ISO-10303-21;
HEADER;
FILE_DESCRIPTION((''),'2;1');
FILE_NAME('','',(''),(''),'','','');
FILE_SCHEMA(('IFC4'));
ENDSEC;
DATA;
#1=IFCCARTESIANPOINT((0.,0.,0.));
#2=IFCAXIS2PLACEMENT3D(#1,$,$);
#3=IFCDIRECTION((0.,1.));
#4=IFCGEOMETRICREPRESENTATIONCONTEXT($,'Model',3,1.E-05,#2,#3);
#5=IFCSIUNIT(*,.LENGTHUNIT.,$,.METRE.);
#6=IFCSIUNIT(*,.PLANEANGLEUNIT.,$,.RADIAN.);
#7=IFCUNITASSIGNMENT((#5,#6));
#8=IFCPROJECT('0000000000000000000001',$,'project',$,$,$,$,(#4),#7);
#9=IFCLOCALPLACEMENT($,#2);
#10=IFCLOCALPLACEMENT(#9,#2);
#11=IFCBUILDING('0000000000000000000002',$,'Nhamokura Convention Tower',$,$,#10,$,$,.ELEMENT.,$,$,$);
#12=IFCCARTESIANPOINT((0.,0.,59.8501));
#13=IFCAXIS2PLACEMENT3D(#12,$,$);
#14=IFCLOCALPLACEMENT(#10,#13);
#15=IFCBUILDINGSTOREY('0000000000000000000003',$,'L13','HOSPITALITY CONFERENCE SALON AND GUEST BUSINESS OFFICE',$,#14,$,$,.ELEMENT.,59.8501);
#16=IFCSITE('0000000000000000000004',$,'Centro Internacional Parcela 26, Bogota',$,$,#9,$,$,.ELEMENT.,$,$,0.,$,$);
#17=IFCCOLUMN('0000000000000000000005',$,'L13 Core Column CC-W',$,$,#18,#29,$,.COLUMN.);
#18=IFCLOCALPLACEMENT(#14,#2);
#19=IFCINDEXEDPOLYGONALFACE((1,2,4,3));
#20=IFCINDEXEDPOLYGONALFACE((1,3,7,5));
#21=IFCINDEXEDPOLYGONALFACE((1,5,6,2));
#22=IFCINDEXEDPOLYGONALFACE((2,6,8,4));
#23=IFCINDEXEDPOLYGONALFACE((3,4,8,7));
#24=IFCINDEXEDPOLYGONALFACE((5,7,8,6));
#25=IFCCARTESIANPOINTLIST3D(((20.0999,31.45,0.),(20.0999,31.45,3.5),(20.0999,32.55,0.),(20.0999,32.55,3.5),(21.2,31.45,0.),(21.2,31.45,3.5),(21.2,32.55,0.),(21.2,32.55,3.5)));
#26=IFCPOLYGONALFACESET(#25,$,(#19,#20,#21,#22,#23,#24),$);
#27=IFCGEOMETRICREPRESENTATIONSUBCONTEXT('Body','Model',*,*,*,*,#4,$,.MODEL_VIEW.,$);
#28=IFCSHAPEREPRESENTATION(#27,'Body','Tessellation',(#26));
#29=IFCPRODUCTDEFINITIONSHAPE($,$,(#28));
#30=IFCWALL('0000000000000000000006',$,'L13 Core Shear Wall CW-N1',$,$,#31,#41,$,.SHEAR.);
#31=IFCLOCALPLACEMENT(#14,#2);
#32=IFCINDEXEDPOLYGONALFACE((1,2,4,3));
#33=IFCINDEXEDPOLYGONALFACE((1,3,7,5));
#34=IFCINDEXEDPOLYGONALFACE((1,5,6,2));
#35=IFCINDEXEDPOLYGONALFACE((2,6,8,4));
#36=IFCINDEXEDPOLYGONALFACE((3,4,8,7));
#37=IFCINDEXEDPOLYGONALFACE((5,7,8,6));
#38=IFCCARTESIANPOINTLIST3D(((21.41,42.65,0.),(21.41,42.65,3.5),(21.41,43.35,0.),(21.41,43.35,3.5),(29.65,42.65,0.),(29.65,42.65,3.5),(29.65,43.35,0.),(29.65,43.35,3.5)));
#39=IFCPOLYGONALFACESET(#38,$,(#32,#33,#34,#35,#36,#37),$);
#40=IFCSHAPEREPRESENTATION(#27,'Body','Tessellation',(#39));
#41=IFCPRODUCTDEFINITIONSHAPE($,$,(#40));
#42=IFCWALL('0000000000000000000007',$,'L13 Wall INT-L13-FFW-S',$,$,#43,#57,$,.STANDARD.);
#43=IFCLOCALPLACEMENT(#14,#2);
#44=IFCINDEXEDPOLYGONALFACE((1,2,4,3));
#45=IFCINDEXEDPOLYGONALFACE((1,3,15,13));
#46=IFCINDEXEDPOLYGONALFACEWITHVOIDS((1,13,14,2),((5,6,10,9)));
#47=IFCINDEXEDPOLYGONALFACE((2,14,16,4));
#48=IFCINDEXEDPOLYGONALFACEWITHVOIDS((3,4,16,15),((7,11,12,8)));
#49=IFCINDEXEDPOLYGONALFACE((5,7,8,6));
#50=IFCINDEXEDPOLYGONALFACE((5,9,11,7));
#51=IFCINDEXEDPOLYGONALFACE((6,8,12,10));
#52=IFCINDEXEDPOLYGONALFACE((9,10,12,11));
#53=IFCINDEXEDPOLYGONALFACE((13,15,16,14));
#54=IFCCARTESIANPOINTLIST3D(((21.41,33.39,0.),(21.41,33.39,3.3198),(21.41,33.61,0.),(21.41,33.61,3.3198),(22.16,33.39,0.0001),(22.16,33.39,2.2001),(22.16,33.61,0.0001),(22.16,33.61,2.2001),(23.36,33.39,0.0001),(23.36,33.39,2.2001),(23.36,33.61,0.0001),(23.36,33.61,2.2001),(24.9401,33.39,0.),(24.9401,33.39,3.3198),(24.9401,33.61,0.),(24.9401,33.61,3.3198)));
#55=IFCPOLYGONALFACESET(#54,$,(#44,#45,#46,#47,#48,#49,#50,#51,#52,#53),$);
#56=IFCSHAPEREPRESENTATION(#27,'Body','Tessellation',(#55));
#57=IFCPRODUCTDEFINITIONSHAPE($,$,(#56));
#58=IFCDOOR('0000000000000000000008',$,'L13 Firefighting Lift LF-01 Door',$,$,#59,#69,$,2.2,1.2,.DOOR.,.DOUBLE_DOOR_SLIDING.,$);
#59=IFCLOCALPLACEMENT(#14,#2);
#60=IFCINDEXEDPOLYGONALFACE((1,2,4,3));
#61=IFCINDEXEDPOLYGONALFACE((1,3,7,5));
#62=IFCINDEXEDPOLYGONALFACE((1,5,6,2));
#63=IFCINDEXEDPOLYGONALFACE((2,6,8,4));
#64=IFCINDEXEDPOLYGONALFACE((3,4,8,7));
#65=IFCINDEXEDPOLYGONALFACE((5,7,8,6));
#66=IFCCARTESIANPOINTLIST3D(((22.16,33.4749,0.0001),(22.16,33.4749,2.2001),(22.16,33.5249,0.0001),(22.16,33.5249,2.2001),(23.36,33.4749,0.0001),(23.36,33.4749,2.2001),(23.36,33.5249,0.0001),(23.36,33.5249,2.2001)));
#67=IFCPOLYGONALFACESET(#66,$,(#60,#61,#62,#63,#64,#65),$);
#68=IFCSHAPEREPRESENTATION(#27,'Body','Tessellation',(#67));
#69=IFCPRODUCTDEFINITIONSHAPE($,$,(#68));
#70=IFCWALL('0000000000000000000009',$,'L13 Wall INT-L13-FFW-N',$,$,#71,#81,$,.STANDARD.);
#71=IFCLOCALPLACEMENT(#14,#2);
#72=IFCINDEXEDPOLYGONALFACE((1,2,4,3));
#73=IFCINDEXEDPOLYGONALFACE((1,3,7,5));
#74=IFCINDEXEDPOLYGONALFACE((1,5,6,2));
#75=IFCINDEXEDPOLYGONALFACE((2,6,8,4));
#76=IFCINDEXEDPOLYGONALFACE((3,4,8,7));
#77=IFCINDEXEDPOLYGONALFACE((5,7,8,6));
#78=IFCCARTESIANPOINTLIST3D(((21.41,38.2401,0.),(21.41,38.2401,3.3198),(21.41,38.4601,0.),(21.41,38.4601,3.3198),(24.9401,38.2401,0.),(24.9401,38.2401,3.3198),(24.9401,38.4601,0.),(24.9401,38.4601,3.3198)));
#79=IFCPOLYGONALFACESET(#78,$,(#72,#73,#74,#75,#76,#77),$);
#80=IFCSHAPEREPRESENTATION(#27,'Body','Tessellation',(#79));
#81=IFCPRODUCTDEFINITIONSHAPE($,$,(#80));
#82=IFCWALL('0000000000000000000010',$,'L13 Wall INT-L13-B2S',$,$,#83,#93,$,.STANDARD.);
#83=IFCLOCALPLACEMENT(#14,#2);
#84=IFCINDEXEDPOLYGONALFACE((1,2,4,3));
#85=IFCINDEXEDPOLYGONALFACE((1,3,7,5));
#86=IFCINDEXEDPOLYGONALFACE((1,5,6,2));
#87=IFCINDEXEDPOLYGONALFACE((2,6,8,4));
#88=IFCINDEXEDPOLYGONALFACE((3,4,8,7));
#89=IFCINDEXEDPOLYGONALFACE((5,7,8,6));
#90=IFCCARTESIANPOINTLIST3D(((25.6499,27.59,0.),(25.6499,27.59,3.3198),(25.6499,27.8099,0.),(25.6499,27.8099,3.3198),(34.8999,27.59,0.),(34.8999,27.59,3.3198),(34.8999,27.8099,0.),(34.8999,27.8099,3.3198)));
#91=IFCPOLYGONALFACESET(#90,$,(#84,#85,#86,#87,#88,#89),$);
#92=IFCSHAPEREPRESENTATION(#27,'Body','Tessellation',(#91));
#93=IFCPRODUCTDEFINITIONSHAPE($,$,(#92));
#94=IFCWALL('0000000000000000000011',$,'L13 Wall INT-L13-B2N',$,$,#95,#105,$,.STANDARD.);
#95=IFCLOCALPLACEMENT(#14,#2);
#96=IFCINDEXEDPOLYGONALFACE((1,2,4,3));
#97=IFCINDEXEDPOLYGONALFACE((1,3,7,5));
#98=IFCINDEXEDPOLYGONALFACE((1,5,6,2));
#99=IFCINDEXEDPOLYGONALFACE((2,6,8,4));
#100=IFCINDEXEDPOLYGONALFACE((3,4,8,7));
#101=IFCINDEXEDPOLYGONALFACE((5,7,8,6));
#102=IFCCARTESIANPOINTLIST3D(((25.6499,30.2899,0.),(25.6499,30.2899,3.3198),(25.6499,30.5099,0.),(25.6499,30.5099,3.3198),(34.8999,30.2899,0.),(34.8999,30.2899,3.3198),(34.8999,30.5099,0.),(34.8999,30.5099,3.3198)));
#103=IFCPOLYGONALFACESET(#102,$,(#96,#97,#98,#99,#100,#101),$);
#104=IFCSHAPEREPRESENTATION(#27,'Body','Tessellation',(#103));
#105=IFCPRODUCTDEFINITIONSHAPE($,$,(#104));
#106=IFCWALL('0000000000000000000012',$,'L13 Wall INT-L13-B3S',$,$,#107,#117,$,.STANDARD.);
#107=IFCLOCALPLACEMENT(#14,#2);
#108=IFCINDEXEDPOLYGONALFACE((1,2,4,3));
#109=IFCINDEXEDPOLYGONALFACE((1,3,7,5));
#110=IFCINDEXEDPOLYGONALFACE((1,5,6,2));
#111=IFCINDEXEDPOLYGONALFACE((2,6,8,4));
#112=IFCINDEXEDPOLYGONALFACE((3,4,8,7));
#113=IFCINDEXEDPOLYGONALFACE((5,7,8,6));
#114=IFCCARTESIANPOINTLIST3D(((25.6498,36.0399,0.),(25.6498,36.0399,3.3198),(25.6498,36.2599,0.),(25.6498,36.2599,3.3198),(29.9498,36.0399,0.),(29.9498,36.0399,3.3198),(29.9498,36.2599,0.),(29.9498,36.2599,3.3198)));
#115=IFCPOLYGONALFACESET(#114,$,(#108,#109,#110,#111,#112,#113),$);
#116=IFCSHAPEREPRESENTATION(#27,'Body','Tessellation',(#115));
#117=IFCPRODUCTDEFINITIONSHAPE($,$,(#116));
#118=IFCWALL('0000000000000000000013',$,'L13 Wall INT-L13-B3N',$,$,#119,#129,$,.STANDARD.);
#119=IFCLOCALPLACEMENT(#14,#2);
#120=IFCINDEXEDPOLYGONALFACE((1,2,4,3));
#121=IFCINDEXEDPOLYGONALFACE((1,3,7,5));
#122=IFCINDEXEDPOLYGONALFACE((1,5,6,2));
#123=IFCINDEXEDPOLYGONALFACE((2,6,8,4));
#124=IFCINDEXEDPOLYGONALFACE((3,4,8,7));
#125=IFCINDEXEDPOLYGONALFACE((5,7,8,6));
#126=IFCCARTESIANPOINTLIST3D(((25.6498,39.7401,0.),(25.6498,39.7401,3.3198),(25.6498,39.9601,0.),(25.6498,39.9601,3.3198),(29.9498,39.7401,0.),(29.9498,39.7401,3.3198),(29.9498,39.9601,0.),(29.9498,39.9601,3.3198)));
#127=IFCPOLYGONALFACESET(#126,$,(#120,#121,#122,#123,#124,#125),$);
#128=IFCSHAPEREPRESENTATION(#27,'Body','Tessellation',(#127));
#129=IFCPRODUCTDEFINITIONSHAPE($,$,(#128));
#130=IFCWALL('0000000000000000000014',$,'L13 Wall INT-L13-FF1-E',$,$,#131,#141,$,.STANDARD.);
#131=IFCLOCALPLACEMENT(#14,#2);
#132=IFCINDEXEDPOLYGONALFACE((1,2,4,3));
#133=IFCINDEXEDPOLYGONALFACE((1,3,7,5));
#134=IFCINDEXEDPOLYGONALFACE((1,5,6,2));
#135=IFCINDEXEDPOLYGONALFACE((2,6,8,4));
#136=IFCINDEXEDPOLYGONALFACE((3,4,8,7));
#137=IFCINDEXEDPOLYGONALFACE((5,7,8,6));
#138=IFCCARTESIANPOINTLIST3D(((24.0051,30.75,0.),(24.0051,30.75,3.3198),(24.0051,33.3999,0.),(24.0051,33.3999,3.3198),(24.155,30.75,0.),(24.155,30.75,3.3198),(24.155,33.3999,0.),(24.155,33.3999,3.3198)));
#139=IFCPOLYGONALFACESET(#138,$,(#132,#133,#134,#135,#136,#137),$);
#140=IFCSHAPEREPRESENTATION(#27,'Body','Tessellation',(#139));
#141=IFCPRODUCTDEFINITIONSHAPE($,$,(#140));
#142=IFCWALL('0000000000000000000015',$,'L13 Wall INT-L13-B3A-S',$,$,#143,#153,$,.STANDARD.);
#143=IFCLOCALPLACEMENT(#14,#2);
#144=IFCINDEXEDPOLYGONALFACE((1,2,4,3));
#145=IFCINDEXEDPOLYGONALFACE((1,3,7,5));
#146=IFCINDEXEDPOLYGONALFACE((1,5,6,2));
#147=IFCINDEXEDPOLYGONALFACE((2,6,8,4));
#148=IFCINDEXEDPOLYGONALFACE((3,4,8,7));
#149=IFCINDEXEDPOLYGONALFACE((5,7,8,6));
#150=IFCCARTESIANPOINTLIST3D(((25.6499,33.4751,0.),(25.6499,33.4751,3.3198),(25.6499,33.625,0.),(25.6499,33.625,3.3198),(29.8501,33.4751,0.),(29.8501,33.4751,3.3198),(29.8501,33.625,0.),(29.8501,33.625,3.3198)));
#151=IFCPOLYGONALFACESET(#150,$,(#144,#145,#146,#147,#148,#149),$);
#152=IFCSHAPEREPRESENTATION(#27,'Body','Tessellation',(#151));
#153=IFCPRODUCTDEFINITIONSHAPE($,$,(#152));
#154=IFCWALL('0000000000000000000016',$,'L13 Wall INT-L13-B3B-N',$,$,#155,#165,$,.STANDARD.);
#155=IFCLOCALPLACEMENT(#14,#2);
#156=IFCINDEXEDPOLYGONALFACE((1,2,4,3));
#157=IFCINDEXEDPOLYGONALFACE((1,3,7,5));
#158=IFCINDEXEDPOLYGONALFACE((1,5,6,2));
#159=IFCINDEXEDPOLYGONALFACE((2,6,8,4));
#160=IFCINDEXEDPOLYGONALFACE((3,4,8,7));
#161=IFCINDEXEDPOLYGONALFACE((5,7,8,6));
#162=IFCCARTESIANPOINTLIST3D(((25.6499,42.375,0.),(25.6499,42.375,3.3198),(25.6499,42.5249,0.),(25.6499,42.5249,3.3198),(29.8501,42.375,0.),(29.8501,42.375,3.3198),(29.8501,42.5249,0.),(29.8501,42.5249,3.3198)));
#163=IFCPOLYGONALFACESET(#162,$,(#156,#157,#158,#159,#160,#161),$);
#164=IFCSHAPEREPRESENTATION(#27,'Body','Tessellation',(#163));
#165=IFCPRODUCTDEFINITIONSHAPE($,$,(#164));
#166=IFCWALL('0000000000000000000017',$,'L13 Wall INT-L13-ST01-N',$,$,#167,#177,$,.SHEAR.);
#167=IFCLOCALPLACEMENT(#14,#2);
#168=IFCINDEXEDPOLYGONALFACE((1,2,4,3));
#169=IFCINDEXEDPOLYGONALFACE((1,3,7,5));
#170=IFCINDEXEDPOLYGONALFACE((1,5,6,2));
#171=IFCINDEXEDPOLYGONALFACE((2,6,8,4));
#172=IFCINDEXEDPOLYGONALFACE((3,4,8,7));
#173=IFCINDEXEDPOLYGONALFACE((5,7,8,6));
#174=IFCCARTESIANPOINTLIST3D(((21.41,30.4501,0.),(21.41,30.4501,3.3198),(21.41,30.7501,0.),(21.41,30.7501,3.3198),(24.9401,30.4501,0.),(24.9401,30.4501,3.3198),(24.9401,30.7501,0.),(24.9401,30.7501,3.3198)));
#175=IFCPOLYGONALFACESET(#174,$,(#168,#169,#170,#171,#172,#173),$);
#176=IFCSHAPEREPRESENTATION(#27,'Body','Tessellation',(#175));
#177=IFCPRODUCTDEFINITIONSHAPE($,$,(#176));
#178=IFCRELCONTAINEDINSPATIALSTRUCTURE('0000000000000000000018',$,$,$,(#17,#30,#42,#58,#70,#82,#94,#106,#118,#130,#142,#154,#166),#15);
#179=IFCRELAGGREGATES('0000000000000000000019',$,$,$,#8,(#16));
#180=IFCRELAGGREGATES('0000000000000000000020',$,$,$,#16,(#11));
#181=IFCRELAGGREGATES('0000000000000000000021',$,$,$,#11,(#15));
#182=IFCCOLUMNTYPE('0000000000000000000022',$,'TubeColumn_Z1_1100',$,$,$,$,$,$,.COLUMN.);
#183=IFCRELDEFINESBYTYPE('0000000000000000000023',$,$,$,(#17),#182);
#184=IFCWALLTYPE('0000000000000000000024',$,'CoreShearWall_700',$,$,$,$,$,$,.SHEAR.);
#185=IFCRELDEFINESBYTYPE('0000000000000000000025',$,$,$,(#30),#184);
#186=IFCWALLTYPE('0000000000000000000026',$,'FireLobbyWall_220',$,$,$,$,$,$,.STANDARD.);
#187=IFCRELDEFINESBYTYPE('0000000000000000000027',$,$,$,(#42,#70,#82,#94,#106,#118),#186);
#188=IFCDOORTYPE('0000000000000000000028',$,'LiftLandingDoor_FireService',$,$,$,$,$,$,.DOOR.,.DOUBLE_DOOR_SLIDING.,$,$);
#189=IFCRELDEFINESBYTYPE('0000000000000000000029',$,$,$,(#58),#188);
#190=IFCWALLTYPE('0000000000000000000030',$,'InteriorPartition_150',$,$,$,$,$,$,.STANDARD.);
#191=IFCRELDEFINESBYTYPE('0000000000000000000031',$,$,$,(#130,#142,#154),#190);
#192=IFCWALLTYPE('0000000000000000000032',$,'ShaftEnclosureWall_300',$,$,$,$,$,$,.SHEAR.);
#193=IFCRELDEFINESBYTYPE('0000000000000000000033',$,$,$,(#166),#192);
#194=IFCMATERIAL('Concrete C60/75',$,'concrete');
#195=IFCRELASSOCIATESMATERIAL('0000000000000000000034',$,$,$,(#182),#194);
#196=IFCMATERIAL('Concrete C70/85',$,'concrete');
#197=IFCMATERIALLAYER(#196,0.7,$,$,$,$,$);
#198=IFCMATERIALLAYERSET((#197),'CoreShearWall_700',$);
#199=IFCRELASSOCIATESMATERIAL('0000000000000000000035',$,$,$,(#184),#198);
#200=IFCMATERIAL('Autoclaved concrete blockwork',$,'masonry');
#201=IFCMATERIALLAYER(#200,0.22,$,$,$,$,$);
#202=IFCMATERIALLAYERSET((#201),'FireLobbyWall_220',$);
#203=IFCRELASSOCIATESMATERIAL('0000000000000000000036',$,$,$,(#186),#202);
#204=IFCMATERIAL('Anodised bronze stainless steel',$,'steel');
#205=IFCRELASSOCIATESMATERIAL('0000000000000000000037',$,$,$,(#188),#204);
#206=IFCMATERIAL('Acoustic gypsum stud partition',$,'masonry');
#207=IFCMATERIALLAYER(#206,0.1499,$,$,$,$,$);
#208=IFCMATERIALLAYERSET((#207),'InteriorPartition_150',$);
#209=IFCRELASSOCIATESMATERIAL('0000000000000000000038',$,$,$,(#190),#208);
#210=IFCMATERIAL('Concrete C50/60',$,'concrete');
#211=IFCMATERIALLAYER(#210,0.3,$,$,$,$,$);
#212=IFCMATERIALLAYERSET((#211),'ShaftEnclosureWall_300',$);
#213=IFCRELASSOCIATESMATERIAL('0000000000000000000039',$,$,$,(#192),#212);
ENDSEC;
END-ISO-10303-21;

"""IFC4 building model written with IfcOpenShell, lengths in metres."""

from ifc_helpers import new_model, si_unit, direction, frame, frame_2d, origin, origin_2d, place, context, subcontext, project, spatial, rectangle, extrude, material, layer, layer_set, material_profile, profile_set, type_object, element, fill, save


model = new_model("IFC4")

# Units and contexts
model_context = context("Model", 3, precision=1e-05, world=origin(), true_north=direction((0.0, 1.0)))
body_context = subcontext(model_context, "Body", "Model", "MODEL_VIEW")
ifc_project = project(units=[si_unit("LENGTHUNIT", "METRE"), si_unit("PLANEANGLEUNIT", "RADIAN")], contexts=[model_context])

# Site, building, storey
site_placement = place(None, origin())
site = spatial("IfcSite", under=ifc_project, at=site_placement, Name="Centro Internacional Parcela 26, Bogota", CompositionType="ELEMENT", RefElevation=0.0)
building_placement = place(site_placement, origin())
building = spatial("IfcBuilding", under=site, at=building_placement, Name="Nhamokura Convention Tower", CompositionType="ELEMENT")
storey_placement = place(building_placement, frame((0.0, 0.0, 59.8501)))
storey = spatial("IfcBuildingStorey", under=building, at=storey_placement, Name="L13", Description="HOSPITALITY CONFERENCE SALON AND GUEST BUSINESS OFFICE", CompositionType="ELEMENT", Elevation=59.8501)

# Column
ifc_material_1 = material(Name="Concrete C60/75", Category="concrete")
ifc_material_profile = material_profile(ifc_material_1, rectangle(XDim=1.1001, YDim=1.1001, at=origin_2d()))
ifc_profile_set = profile_set([ifc_material_profile], Name="Concrete C60/75")
column_type = type_object("IfcColumnType", Name="TubeColumn_Z1_1100", PredefinedType="COLUMN", material=ifc_profile_set)
column_placement = place(storey_placement, frame((20.6499, 32.0, 0.0), z_axis=(0.0, 0.0, 1.0), x_axis=(1.0, 0.0, 0.0)))
element("IfcColumn", 1, at=column_placement, inside=storey, type_object=column_type, Name="L13 Core Column CC-W", PredefinedType="COLUMN", context=body_context, shape_type="SweptSolid", body=[
    extrude(rectangle(XDim=1.1001, YDim=1.1001, at=origin_2d()), origin(), (0.0, 0.0, 1.0), 3.5),
])

# Shared definitions
ifc_material_2 = material(Name="Concrete C70/85", Category="concrete")
ifc_layer_1 = layer(ifc_material_2, 0.7)
ifc_layer_set_1 = layer_set([ifc_layer_1], Name="CoreShearWall_700")
wall_type_1 = type_object("IfcWallType", Name="CoreShearWall_700", PredefinedType="SHEAR", material=ifc_layer_set_1)

# Wall
wall_1_placement = place(storey_placement, frame((21.4099, 43.0, 0.0), z_axis=(0.0, 0.0, 1.0), x_axis=(1.0, 0.0, 0.0)))
element("IfcWall", 2, at=wall_1_placement, inside=storey, type_object=wall_type_1, Name="L13 Core Shear Wall CW-N1", PredefinedType="SHEAR", context=body_context, shape_type="SweptSolid", body=[
    extrude(rectangle(XDim=8.24, YDim=0.7, at=frame_2d((4.1201, 0.0))), origin(), (0.0, 0.0, 1.0), 3.5),
])

# Wall, opening, door
ifc_material_3 = material(Name="Autoclaved concrete blockwork", Category="masonry")
ifc_layer_2 = layer(ifc_material_3, 0.22)
ifc_layer_set_2 = layer_set([ifc_layer_2], Name="FireLobbyWall_220")
wall_type_2 = type_object("IfcWallType", Name="FireLobbyWall_220", PredefinedType="STANDARD", material=ifc_layer_set_2)
wall_2_placement = place(storey_placement, frame((21.4099, 33.5, 0.0), z_axis=(0.0, 0.0, 1.0), x_axis=(1.0, 0.0, 0.0)))
wall_2 = element("IfcWall", 3, at=wall_2_placement, inside=storey, type_object=wall_type_2, Name="L13 Wall INT-L13-FFW-S", PredefinedType="STANDARD", context=body_context, shape_type="SweptSolid", body=[
    extrude(rectangle(XDim=3.53, YDim=0.22, at=frame_2d((1.7651, 0.0))), origin(), (0.0, 0.0, 1.0), 3.3198),
])
opening_1_placement = place(wall_2_placement, frame((0.75, 0.0, 0.0)))
opening_1 = element("IfcOpeningElement", 4, at=opening_1_placement, cuts=wall_2, PredefinedType="OPENING", context=body_context, shape_type="SweptSolid", body=[
    extrude(rectangle(XDim=1.2, YDim=2.2, at=frame_2d((0.6001, 1.1001))), frame((0.0, 0.1199, 0.0), z_axis=(0.0, -1.0, 0.0), x_axis=(1.0, 0.0, 0.0)), (0.0, 0.0, 1.0), 0.24),
])
ifc_material_4 = material(Name="Anodised bronze stainless steel", Category="steel")
door_type_1 = type_object("IfcDoorType", Name="LiftLandingDoor_FireService", OperationType="DOUBLE_DOOR_SLIDING", PredefinedType="DOOR", material=ifc_material_4)
door_1_placement = place(opening_1_placement, origin())
door_1 = element("IfcDoor", 5, at=door_1_placement, inside=storey, type_object=door_type_1, Name="L13 Firefighting Lift LF-01 Door", OperationType="DOUBLE_DOOR_SLIDING", OverallHeight=2.2, OverallWidth=1.2, PredefinedType="DOOR", context=body_context, shape_type="SweptSolid", body=[
    extrude(rectangle(XDim=1.2, YDim=2.2, at=frame_2d((0.6001, 1.1001))), frame((0.0, 0.0249, 0.0), z_axis=(0.0, -1.0, 0.0), x_axis=(1.0, 0.0, 0.0)), (0.0, 0.0, 1.0), 0.05),
])
fill(opening_1, door_1)

# Walls
wall_3_placement = place(storey_placement, frame((21.4099, 38.3501, 0.0), z_axis=(0.0, 0.0, 1.0), x_axis=(1.0, 0.0, 0.0)))
element("IfcWall", 6, at=wall_3_placement, inside=storey, type_object=wall_type_2, Name="L13 Wall INT-L13-FFW-N", PredefinedType="STANDARD", context=body_context, shape_type="SweptSolid", body=[
    extrude(rectangle(XDim=3.53, YDim=0.22, at=frame_2d((1.7651, 0.0))), origin(), (0.0, 0.0, 1.0), 3.3198),
])
for number, where, z_axis, x_axis, name in (
    (7, (25.6499, 27.7, 0.0), (0.0, 0.0, 1.0), (1.0, 0.0, 0.0), "L13 Wall INT-L13-B2S"),
    (8, (25.6499, 30.3999, 0.0), (0.0, 0.0, 1.0), (1.0, 0.0, 0.0), "L13 Wall INT-L13-B2N"),
):
    element("IfcWall", number, at=place(storey_placement, frame(where, z_axis=z_axis, x_axis=x_axis)), inside=storey, type_object=wall_type_2, Name=name, PredefinedType="STANDARD", context=body_context, shape_type="SweptSolid", body=[
        extrude(rectangle(XDim=9.25, YDim=0.22, at=frame_2d((4.625, 0.0))), origin(), (0.0, 0.0, 1.0), 3.3198),
    ])
for number, where, z_axis, x_axis, name in (
    (9, (25.6499, 36.1499, 0.0), (0.0, 0.0, 1.0), (1.0, 0.0, 0.0), "L13 Wall INT-L13-B3S"),
    (10, (25.6499, 39.8501, 0.0), (0.0, 0.0, 1.0), (1.0, 0.0, 0.0), "L13 Wall INT-L13-B3N"),
):
    element("IfcWall", number, at=place(storey_placement, frame(where, z_axis=z_axis, x_axis=x_axis)), inside=storey, type_object=wall_type_2, Name=name, PredefinedType="STANDARD", context=body_context, shape_type="SweptSolid", body=[
        extrude(rectangle(XDim=4.3, YDim=0.22, at=frame_2d((2.1499, 0.0))), origin(), (0.0, 0.0, 1.0), 3.3198),
    ])
ifc_material_5 = material(Name="Acoustic gypsum stud partition", Category="masonry")
ifc_layer_3 = layer(ifc_material_5, 0.1499)
ifc_layer_set_3 = layer_set([ifc_layer_3], Name="InteriorPartition_150")
wall_type_3 = type_object("IfcWallType", Name="InteriorPartition_150", PredefinedType="STANDARD", material=ifc_layer_set_3)
wall_4_placement = place(storey_placement, frame((24.0801, 30.75, 0.0), z_axis=(0.0, 0.0, 1.0), x_axis=(0.0, 1.0, 0.0)))
element("IfcWall", 11, at=wall_4_placement, inside=storey, type_object=wall_type_3, Name="L13 Wall INT-L13-FF1-E", PredefinedType="STANDARD", context=body_context, shape_type="SweptSolid", body=[
    extrude(rectangle(XDim=2.6499, YDim=0.1499, at=frame_2d((1.325, 0.0))), origin(), (0.0, 0.0, 1.0), 3.3198),
])
for number, where, z_axis, x_axis, name in (
    (12, (25.6499, 33.55, 0.0), (0.0, 0.0, 1.0), (1.0, 0.0, 0.0), "L13 Wall INT-L13-B3A-S"),
    (13, (25.6499, 42.45, 0.0), (0.0, 0.0, 1.0), (1.0, 0.0, 0.0), "L13 Wall INT-L13-B3B-N"),
):
    element("IfcWall", number, at=place(storey_placement, frame(where, z_axis=z_axis, x_axis=x_axis)), inside=storey, type_object=wall_type_3, Name=name, PredefinedType="STANDARD", context=body_context, shape_type="SweptSolid", body=[
        extrude(rectangle(XDim=4.2002, YDim=0.1499, at=frame_2d((2.1001, 0.0))), origin(), (0.0, 0.0, 1.0), 3.3198),
    ])
ifc_material_6 = material(Name="Concrete C50/60", Category="concrete")
ifc_layer_4 = layer(ifc_material_6, 0.3)
ifc_layer_set_4 = layer_set([ifc_layer_4], Name="ShaftEnclosureWall_300")
wall_type_4 = type_object("IfcWallType", Name="ShaftEnclosureWall_300", PredefinedType="SHEAR", material=ifc_layer_set_4)
wall_5_placement = place(storey_placement, frame((21.4099, 30.6001, 0.0), z_axis=(0.0, 0.0, 1.0), x_axis=(1.0, 0.0, 0.0)))
element("IfcWall", 14, at=wall_5_placement, inside=storey, type_object=wall_type_4, Name="L13 Wall INT-L13-ST01-N", PredefinedType="SHEAR", context=body_context, shape_type="SweptSolid", body=[
    extrude(rectangle(XDim=3.53, YDim=0.3, at=frame_2d((1.7651, 0.0))), origin(), (0.0, 0.0, 1.0), 3.3198),
])

save(model, "model.ifc")
